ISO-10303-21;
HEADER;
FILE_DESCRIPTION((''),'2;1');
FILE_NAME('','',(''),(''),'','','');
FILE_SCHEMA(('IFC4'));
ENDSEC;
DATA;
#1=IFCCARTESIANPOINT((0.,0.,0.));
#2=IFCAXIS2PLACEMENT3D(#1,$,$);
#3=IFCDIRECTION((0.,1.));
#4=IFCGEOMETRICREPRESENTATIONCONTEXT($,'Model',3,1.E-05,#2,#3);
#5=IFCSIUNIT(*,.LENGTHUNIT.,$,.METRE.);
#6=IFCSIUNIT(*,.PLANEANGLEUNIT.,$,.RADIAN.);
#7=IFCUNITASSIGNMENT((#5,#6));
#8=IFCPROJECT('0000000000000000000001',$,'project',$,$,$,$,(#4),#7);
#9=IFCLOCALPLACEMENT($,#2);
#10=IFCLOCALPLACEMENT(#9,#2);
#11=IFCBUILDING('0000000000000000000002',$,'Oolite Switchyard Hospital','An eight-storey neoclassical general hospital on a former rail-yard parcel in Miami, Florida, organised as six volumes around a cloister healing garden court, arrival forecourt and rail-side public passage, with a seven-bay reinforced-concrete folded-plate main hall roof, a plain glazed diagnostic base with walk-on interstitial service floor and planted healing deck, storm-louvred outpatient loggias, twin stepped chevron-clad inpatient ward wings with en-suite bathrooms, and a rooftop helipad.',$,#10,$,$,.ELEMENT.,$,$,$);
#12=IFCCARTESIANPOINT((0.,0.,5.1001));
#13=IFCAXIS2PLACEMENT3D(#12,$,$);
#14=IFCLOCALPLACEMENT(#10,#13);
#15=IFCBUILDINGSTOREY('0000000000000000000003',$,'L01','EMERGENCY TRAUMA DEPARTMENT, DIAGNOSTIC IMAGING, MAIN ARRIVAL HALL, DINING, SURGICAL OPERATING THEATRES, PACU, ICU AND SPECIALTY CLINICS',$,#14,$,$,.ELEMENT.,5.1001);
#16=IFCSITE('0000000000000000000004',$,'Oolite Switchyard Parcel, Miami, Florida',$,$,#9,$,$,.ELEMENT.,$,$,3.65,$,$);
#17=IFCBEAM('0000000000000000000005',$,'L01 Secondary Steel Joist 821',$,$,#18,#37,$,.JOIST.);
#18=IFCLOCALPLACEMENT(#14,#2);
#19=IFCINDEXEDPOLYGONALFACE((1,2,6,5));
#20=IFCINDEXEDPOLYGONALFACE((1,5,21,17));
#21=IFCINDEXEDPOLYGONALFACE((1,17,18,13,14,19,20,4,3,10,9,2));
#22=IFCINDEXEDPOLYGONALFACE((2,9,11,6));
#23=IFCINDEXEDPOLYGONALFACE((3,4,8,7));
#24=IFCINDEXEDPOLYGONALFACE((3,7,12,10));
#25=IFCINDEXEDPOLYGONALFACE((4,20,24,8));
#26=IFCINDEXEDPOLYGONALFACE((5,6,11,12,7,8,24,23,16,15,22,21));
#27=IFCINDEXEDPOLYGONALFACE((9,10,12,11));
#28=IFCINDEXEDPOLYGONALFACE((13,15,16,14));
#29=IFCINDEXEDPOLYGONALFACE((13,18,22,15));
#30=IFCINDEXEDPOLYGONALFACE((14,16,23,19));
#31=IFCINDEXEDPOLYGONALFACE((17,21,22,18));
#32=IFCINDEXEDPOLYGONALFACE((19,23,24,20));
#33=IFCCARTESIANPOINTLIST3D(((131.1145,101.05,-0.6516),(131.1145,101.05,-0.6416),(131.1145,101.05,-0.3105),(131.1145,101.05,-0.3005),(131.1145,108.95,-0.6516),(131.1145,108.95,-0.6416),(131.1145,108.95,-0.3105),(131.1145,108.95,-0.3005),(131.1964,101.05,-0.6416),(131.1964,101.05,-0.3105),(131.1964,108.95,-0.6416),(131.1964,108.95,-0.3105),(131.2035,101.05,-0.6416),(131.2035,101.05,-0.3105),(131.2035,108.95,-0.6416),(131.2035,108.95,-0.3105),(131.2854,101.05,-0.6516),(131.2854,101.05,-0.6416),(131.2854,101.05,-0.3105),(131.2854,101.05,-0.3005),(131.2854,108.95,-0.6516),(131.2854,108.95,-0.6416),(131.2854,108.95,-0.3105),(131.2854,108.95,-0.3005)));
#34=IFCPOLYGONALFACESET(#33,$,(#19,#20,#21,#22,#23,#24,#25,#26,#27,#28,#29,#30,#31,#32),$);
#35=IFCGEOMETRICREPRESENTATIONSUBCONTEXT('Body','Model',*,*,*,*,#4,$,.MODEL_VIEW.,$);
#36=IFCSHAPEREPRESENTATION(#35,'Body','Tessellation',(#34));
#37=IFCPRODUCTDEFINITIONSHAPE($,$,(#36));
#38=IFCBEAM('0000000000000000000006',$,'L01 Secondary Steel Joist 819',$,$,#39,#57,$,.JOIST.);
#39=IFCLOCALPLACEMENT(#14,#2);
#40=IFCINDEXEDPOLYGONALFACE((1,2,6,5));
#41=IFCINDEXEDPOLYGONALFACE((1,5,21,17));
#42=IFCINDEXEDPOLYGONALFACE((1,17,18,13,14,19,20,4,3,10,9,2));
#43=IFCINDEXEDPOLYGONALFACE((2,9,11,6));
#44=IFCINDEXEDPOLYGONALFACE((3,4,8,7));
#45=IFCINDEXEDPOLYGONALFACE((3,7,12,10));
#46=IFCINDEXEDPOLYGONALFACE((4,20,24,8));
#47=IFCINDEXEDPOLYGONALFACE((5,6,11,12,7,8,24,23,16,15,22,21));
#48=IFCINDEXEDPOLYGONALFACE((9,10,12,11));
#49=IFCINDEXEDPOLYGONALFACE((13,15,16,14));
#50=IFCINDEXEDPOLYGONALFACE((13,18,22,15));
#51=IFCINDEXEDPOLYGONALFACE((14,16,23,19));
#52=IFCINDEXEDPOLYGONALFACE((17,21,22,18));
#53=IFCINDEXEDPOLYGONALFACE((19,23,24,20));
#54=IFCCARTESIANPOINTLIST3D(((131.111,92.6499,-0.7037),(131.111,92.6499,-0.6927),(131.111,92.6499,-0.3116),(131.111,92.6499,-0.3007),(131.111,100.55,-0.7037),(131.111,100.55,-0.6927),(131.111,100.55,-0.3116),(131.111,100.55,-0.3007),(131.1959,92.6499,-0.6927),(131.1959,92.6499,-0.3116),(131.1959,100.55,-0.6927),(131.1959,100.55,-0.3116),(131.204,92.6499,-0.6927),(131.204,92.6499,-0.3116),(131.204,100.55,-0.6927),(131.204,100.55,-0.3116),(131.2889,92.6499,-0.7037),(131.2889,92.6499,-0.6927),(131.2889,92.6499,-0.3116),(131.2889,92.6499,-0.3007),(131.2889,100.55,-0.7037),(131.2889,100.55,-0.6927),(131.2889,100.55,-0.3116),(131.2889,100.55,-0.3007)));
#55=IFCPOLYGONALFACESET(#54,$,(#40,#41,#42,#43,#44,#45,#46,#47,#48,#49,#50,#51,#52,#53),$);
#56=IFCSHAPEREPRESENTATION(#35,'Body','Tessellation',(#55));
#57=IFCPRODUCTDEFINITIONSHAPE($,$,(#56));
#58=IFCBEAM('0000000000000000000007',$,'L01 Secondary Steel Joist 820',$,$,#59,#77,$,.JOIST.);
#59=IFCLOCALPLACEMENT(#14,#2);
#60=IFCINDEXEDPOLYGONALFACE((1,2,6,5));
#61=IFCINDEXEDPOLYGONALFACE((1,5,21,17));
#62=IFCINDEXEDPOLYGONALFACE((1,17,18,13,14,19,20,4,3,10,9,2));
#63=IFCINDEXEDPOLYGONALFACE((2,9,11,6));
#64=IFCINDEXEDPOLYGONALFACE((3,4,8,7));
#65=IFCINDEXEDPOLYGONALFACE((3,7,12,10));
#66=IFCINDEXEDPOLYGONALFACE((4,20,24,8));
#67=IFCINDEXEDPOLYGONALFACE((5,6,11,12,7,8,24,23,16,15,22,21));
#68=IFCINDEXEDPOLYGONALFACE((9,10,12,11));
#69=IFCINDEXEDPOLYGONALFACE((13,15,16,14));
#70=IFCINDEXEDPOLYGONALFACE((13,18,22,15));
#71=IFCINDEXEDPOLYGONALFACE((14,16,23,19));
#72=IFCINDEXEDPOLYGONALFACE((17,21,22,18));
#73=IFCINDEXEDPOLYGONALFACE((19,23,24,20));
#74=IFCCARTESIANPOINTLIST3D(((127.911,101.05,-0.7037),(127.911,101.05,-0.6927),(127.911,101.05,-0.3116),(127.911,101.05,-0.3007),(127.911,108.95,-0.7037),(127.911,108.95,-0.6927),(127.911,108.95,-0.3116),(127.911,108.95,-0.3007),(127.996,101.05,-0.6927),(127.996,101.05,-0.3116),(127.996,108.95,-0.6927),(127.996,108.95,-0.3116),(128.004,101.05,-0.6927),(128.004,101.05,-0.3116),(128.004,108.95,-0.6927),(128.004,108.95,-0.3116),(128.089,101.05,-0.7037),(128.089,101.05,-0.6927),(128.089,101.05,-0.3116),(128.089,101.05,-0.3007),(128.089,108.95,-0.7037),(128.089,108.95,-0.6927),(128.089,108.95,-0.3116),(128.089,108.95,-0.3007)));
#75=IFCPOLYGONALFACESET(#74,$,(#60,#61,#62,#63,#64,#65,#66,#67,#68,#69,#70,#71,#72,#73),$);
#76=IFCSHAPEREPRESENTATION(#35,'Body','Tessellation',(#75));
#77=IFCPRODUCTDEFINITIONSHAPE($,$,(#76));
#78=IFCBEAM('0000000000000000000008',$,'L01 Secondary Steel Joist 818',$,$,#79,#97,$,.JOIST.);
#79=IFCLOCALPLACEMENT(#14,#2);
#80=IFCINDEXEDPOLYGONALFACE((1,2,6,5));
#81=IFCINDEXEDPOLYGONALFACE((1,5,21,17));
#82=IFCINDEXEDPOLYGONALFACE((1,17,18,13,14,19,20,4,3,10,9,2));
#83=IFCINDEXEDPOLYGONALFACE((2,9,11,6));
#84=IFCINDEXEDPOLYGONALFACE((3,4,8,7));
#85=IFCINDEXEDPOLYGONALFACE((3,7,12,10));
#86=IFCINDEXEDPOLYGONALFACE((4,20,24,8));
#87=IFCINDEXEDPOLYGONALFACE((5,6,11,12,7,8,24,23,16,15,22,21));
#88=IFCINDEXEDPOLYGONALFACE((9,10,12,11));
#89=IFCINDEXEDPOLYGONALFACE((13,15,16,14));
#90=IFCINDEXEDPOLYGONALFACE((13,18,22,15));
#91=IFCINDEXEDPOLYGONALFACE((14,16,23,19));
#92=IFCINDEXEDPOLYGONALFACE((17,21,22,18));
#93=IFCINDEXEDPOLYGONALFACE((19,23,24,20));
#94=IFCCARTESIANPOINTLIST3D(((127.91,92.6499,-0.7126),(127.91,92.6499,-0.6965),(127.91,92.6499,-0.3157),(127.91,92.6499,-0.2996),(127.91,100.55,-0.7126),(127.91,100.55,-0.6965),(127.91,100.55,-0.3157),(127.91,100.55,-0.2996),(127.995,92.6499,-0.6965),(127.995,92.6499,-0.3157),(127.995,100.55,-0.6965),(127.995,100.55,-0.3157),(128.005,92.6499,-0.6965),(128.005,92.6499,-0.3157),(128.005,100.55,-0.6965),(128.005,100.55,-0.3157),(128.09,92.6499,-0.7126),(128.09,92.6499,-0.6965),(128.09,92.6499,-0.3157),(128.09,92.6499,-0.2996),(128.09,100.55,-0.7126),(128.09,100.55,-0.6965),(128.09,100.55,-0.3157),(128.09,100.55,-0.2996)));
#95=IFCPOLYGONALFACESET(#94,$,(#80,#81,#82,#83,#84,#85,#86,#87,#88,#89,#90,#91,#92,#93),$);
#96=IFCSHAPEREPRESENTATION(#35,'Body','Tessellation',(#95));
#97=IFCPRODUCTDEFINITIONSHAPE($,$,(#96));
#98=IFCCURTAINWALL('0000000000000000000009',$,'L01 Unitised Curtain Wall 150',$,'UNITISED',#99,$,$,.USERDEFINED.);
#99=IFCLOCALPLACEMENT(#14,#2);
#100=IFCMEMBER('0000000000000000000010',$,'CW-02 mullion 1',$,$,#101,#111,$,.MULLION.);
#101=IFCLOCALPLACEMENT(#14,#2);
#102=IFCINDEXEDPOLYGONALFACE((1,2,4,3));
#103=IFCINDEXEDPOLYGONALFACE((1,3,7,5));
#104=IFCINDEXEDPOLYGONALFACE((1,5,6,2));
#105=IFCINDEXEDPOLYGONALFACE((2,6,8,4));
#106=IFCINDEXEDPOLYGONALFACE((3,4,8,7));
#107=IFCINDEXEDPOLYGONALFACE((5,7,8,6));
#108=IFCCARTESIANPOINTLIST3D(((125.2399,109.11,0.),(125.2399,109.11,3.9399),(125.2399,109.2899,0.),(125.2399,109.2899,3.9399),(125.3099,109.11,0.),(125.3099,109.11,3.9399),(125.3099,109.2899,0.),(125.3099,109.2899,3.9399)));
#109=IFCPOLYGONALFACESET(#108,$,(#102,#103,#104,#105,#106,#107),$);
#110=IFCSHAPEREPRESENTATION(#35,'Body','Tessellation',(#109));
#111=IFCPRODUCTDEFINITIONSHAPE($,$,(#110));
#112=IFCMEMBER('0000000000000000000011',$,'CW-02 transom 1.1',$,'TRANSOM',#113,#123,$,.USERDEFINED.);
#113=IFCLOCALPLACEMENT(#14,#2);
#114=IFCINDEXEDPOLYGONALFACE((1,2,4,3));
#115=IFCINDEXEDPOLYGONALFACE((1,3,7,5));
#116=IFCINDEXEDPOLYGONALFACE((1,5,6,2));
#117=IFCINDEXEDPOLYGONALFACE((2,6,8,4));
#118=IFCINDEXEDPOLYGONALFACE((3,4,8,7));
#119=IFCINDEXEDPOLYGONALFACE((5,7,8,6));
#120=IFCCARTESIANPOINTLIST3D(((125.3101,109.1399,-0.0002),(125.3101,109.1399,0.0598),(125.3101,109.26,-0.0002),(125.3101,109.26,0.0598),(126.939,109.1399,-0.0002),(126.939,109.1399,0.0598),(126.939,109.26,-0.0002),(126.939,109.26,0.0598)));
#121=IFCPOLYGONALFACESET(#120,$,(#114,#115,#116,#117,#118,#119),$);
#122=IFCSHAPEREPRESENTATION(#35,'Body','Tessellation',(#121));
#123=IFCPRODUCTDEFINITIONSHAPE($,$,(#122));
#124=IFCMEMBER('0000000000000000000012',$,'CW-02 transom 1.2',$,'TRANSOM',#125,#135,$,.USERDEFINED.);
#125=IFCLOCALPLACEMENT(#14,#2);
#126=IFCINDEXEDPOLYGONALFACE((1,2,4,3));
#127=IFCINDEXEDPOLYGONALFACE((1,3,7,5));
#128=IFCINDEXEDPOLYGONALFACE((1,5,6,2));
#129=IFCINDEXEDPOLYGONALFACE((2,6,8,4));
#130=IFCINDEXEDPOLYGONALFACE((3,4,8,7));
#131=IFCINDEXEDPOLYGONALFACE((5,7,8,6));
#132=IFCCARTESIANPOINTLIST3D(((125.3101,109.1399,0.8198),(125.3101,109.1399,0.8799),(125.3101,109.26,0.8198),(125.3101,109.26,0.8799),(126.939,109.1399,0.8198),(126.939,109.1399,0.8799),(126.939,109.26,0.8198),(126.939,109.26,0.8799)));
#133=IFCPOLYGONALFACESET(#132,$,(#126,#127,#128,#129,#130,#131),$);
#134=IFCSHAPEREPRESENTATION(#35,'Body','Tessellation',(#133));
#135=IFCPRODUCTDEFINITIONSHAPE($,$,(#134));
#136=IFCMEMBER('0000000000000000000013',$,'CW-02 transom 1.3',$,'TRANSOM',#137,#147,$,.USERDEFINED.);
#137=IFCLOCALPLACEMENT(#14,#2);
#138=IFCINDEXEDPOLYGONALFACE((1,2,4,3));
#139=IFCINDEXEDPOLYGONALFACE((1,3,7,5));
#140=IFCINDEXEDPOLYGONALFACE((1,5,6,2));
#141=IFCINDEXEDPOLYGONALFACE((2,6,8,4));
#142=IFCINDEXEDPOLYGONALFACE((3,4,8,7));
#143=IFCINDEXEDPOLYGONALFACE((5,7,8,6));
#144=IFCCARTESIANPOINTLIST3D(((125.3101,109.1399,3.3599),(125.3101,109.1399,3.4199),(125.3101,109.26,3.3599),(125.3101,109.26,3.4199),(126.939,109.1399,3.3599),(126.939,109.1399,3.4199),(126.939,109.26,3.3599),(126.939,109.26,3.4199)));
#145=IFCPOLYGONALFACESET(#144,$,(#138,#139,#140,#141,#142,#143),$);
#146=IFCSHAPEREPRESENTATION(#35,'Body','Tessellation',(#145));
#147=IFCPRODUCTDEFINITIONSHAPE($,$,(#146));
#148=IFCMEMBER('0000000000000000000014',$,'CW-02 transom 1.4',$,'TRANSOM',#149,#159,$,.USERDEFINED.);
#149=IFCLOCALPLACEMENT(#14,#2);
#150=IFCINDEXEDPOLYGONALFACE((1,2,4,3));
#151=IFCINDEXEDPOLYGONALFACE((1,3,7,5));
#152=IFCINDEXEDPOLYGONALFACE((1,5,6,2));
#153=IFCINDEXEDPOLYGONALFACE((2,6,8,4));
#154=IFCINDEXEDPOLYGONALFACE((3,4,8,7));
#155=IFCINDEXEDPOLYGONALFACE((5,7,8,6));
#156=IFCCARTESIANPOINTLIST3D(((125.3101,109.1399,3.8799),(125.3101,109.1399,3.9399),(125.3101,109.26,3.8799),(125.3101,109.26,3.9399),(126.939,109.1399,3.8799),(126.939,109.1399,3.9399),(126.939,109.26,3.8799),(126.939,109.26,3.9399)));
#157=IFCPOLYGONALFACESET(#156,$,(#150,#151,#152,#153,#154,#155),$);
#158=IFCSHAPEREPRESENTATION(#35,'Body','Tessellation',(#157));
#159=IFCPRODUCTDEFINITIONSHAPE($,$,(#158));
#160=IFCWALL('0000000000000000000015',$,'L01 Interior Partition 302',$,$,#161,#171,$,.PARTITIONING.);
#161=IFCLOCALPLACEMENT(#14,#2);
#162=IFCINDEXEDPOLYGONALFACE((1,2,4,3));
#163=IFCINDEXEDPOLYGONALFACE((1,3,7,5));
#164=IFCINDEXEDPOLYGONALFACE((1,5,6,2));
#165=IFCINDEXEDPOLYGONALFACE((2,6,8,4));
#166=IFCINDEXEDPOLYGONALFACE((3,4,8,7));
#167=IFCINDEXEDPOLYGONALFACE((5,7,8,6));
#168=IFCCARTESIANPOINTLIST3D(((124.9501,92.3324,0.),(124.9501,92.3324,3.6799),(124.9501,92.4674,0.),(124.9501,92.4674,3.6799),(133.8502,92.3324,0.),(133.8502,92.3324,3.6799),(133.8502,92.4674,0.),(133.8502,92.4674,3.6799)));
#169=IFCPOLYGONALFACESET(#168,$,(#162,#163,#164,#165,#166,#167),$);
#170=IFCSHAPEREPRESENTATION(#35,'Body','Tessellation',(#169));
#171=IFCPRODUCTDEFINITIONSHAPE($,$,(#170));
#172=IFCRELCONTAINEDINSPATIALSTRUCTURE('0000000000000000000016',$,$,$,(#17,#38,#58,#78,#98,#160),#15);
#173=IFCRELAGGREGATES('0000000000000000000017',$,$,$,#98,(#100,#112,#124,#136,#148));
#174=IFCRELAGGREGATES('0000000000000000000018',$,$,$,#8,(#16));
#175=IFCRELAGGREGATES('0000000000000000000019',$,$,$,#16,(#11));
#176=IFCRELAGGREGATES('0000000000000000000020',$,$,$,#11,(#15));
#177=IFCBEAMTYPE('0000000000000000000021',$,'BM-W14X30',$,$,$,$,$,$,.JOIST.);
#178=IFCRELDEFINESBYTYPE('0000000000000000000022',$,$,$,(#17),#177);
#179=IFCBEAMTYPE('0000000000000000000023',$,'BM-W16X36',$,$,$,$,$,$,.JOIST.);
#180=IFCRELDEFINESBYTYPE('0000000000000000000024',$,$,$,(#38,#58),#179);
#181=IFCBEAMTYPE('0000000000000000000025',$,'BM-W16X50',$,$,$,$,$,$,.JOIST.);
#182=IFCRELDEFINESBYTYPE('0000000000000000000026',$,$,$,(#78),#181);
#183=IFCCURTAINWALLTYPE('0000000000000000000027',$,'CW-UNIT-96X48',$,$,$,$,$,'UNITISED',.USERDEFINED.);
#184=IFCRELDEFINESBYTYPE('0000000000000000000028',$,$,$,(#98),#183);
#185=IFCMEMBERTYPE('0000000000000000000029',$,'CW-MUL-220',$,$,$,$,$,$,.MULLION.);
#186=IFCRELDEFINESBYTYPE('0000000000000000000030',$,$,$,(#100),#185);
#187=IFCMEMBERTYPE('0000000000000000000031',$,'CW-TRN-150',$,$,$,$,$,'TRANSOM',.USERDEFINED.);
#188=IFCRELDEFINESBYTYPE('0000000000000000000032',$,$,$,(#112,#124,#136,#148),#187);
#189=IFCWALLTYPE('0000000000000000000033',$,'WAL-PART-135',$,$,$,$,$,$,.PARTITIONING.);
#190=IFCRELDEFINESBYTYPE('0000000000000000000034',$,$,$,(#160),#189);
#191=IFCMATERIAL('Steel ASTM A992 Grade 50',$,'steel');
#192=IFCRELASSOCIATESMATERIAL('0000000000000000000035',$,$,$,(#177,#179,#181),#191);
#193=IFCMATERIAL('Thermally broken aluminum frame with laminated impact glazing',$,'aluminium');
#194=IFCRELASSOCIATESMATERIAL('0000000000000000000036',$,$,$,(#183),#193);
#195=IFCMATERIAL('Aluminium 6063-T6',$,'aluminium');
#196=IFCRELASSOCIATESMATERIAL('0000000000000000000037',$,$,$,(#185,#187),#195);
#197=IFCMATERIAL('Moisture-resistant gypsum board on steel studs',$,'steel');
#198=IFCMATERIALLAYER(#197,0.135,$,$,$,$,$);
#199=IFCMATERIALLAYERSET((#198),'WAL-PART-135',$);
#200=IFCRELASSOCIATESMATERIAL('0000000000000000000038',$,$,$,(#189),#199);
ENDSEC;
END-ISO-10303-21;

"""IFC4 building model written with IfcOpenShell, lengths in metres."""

from ifc_helpers import new_model, si_unit, direction, frame, frame_2d, origin, origin_2d, place, context, subcontext, project, spatial, rectangle, i_section, extrude, material, layer, layer_set, material_profile, profile_set, type_object, element, aggregate, save


model = new_model("IFC4")

# Units and contexts
model_context = context("Model", 3, precision=1e-05, world=origin(), true_north=direction((0.0, 1.0)))
body_context = subcontext(model_context, "Body", "Model", "MODEL_VIEW")
ifc_project = project(units=[si_unit("LENGTHUNIT", "METRE"), si_unit("PLANEANGLEUNIT", "RADIAN")], contexts=[model_context])

# Site, building, storey
site_placement = place(None, origin())
site = spatial("IfcSite", under=ifc_project, at=site_placement, Name="Oolite Switchyard Parcel, Miami, Florida", CompositionType="ELEMENT", RefElevation=3.65)
building_placement = place(site_placement, origin())
building = spatial("IfcBuilding", under=site, at=building_placement, Name="Oolite Switchyard Hospital", Description="An eight-storey neoclassical general hospital on a former rail-yard parcel in Miami, Florida, organised as six volumes around a cloister healing garden court, arrival forecourt and rail-side public passage, with a seven-bay reinforced-concrete folded-plate main hall roof, a plain glazed diagnostic base with walk-on interstitial service floor and planted healing deck, storm-louvred outpatient loggias, twin stepped chevron-clad inpatient ward wings with en-suite bathrooms, and a rooftop helipad.", CompositionType="ELEMENT")
storey_placement = place(building_placement, frame((0.0, 0.0, 5.1001)))
storey = spatial("IfcBuildingStorey", under=building, at=storey_placement, Name="L01", Description="EMERGENCY TRAUMA DEPARTMENT, DIAGNOSTIC IMAGING, MAIN ARRIVAL HALL, DINING, SURGICAL OPERATING THEATRES, PACU, ICU AND SPECIALTY CLINICS", CompositionType="ELEMENT", Elevation=5.1001)

# Beams
ifc_material_1 = material(Name="Steel ASTM A992 Grade 50", Category="steel")
ifc_material_profile_1 = material_profile(ifc_material_1, i_section(OverallWidth=0.1709, OverallDepth=0.3511, WebThickness=0.0071, FlangeThickness=0.01, at=origin_2d()), Name="W14X30")
ifc_profile_set_1 = profile_set([ifc_material_profile_1], Name="Steel ASTM A992 Grade 50")
beam_type_1 = type_object("IfcBeamType", Name="BM-W14X30", PredefinedType="JOIST", material=ifc_profile_set_1)
beam_1_placement = place(storey_placement, frame((131.2, 101.05, -0.4761), z_axis=(0.0, 1.0, 0.0), x_axis=(-1.0, 0.0, 0.0)))
element("IfcBeam", 1, at=beam_1_placement, inside=storey, type_object=beam_type_1, Name="L01 Secondary Steel Joist 821", PredefinedType="JOIST", context=body_context, shape_type="SweptSolid", body=[
    extrude(i_section(OverallWidth=0.1709, OverallDepth=0.3511, WebThickness=0.0071, FlangeThickness=0.01, at=origin_2d()), origin(), (0.0, 0.0, 1.0), 7.8999),
])
ifc_material_profile_2 = material_profile(ifc_material_1, i_section(OverallWidth=0.178, OverallDepth=0.4031, WebThickness=0.0081, FlangeThickness=0.011, at=origin_2d()), Name="W16X36")
ifc_profile_set_2 = profile_set([ifc_material_profile_2], Name="Steel ASTM A992 Grade 50")
beam_type_2 = type_object("IfcBeamType", Name="BM-W16X36", PredefinedType="JOIST", material=ifc_profile_set_2)
beam_2_placement = place(storey_placement, frame((131.2, 92.6499, -0.5022), z_axis=(0.0, 1.0, 0.0), x_axis=(-1.0, 0.0, 0.0)))
element("IfcBeam", 2, at=beam_2_placement, inside=storey, type_object=beam_type_2, Name="L01 Secondary Steel Joist 819", PredefinedType="JOIST", context=body_context, shape_type="SweptSolid", body=[
    extrude(i_section(OverallWidth=0.178, OverallDepth=0.4031, WebThickness=0.0081, FlangeThickness=0.011, at=origin_2d()), origin(), (0.0, 0.0, 1.0), 7.9001),
])
beam_3_placement = place(storey_placement, frame((128.0, 101.05, -0.5022), z_axis=(0.0, 1.0, 0.0), x_axis=(-1.0, 0.0, 0.0)))
element("IfcBeam", 3, at=beam_3_placement, inside=storey, type_object=beam_type_2, Name="L01 Secondary Steel Joist 820", PredefinedType="JOIST", context=body_context, shape_type="SweptSolid", body=[
    extrude(i_section(OverallWidth=0.178, OverallDepth=0.4031, WebThickness=0.0081, FlangeThickness=0.011, at=origin_2d()), origin(), (0.0, 0.0, 1.0), 7.8999),
])
ifc_material_profile_3 = material_profile(ifc_material_1, i_section(OverallWidth=0.1799, OverallDepth=0.4131, WebThickness=0.01, FlangeThickness=0.0161, at=origin_2d()), Name="W16X50")
ifc_profile_set_3 = profile_set([ifc_material_profile_3], Name="Steel ASTM A992 Grade 50")
beam_type_3 = type_object("IfcBeamType", Name="BM-W16X50", PredefinedType="JOIST", material=ifc_profile_set_3)
beam_4_placement = place(storey_placement, frame((128.0, 92.6499, -0.5061), z_axis=(0.0, 1.0, 0.0), x_axis=(-1.0, 0.0, 0.0)))
element("IfcBeam", 4, at=beam_4_placement, inside=storey, type_object=beam_type_3, Name="L01 Secondary Steel Joist 818", PredefinedType="JOIST", context=body_context, shape_type="SweptSolid", body=[
    extrude(i_section(OverallWidth=0.1799, OverallDepth=0.4131, WebThickness=0.01, FlangeThickness=0.0161, at=origin_2d()), origin(), (0.0, 0.0, 1.0), 7.9001),
])

# Curtain wall, members
ifc_material_2 = material(Name="Thermally broken aluminum frame with laminated impact glazing", Category="aluminium")
curtain_wall_type = type_object("IfcCurtainWallType", Name="CW-UNIT-96X48", ElementType="UNITISED", PredefinedType="USERDEFINED", material=ifc_material_2)
curtain_wall_placement = place(storey_placement, origin())
curtain_wall = element("IfcCurtainWall", 5, at=curtain_wall_placement, inside=storey, type_object=curtain_wall_type, Name="L01 Unitised Curtain Wall 150", ObjectType="UNITISED", PredefinedType="USERDEFINED")
ifc_material_3 = material(Name="Aluminium 6063-T6", Category="aluminium")
ifc_material_profile_4 = material_profile(ifc_material_3, rectangle(XDim=0.1799, YDim=0.0701, at=origin_2d()), Name="CWM70X180")
ifc_profile_set_4 = profile_set([ifc_material_profile_4], Name="Aluminium 6063-T6")
member_type_1 = type_object("IfcMemberType", Name="CW-MUL-220", PredefinedType="MULLION", material=ifc_profile_set_4)
member_1_placement = place(storey_placement, frame((125.2749, 109.2, 0.0), z_axis=(0.0, 0.0, 1.0), x_axis=(0.0, 1.0, 0.0)))
member_1 = element("IfcMember", 6, at=member_1_placement, type_object=member_type_1, Name="CW-02 mullion 1", PredefinedType="MULLION", context=body_context, shape_type="SweptSolid", body=[
    extrude(rectangle(XDim=0.1799, YDim=0.0701, at=origin_2d()), origin(), (0.0, 0.0, 1.0), 3.9399),
])
ifc_material_profile_5 = material_profile(ifc_material_3, rectangle(XDim=0.1201, YDim=0.0601, at=origin_2d()), Name="CWT60X120")
ifc_profile_set_5 = profile_set([ifc_material_profile_5], Name="Aluminium 6063-T6")
member_type_2 = type_object("IfcMemberType", Name="CW-TRN-150", ElementType="TRANSOM", PredefinedType="USERDEFINED", material=ifc_profile_set_5)
member_2_placement = place(storey_placement, frame((125.3101, 109.2, 0.0298), z_axis=(1.0, 0.0, 0.0), x_axis=(0.0, 1.0, 0.0)))
member_2 = element("IfcMember", 7, at=member_2_placement, type_object=member_type_2, Name="CW-02 transom 1.1", ObjectType="TRANSOM", PredefinedType="USERDEFINED", context=body_context, shape_type="SweptSolid", body=[
    extrude(rectangle(XDim=0.1201, YDim=0.0601, at=origin_2d()), origin(), (0.0, 0.0, 1.0), 1.6289),
])
member_3_placement = place(storey_placement, frame((125.3101, 109.2, 0.8499), z_axis=(1.0, 0.0, 0.0), x_axis=(0.0, 1.0, 0.0)))
member_3 = element("IfcMember", 8, at=member_3_placement, type_object=member_type_2, Name="CW-02 transom 1.2", ObjectType="TRANSOM", PredefinedType="USERDEFINED", context=body_context, shape_type="SweptSolid", body=[
    extrude(rectangle(XDim=0.1201, YDim=0.0601, at=origin_2d()), origin(), (0.0, 0.0, 1.0), 1.6289),
])
member_4_placement = place(storey_placement, frame((125.3101, 109.2, 3.3899), z_axis=(1.0, 0.0, 0.0), x_axis=(0.0, 1.0, 0.0)))
member_4 = element("IfcMember", 9, at=member_4_placement, type_object=member_type_2, Name="CW-02 transom 1.3", ObjectType="TRANSOM", PredefinedType="USERDEFINED", context=body_context, shape_type="SweptSolid", body=[
    extrude(rectangle(XDim=0.1201, YDim=0.0601, at=origin_2d()), origin(), (0.0, 0.0, 1.0), 1.6289),
])
member_5_placement = place(storey_placement, frame((125.3101, 109.2, 3.9099), z_axis=(1.0, 0.0, 0.0), x_axis=(0.0, 1.0, 0.0)))
member_5 = element("IfcMember", 10, at=member_5_placement, type_object=member_type_2, Name="CW-02 transom 1.4", ObjectType="TRANSOM", PredefinedType="USERDEFINED", context=body_context, shape_type="SweptSolid", body=[
    extrude(rectangle(XDim=0.1201, YDim=0.0601, at=origin_2d()), origin(), (0.0, 0.0, 1.0), 1.6289),
])
aggregate(curtain_wall, [member_1, member_2, member_3, member_4, member_5])

# Wall
ifc_material_4 = material(Name="Moisture-resistant gypsum board on steel studs", Category="steel")
ifc_layer_1 = layer(ifc_material_4, 0.135)
ifc_layer_set_1 = layer_set([ifc_layer_1], Name="WAL-PART-135")
wall_type_1 = type_object("IfcWallType", Name="WAL-PART-135", PredefinedType="PARTITIONING", material=ifc_layer_set_1)
wall_1_placement = place(storey_placement, frame((124.95, 92.3999, 0.0), z_axis=(0.0, 0.0, 1.0), x_axis=(1.0, 0.0, 0.0)))
element("IfcWall", 11, at=wall_1_placement, inside=storey, type_object=wall_type_1, Name="L01 Interior Partition 302", PredefinedType="PARTITIONING", context=body_context, shape_type="SweptSolid", body=[
    extrude(rectangle(XDim=8.9001, YDim=0.135, at=frame_2d((4.4502, 0.0))), origin(), (0.0, 0.0, 1.0), 3.6799),
])

save(model, "model.ifc")
